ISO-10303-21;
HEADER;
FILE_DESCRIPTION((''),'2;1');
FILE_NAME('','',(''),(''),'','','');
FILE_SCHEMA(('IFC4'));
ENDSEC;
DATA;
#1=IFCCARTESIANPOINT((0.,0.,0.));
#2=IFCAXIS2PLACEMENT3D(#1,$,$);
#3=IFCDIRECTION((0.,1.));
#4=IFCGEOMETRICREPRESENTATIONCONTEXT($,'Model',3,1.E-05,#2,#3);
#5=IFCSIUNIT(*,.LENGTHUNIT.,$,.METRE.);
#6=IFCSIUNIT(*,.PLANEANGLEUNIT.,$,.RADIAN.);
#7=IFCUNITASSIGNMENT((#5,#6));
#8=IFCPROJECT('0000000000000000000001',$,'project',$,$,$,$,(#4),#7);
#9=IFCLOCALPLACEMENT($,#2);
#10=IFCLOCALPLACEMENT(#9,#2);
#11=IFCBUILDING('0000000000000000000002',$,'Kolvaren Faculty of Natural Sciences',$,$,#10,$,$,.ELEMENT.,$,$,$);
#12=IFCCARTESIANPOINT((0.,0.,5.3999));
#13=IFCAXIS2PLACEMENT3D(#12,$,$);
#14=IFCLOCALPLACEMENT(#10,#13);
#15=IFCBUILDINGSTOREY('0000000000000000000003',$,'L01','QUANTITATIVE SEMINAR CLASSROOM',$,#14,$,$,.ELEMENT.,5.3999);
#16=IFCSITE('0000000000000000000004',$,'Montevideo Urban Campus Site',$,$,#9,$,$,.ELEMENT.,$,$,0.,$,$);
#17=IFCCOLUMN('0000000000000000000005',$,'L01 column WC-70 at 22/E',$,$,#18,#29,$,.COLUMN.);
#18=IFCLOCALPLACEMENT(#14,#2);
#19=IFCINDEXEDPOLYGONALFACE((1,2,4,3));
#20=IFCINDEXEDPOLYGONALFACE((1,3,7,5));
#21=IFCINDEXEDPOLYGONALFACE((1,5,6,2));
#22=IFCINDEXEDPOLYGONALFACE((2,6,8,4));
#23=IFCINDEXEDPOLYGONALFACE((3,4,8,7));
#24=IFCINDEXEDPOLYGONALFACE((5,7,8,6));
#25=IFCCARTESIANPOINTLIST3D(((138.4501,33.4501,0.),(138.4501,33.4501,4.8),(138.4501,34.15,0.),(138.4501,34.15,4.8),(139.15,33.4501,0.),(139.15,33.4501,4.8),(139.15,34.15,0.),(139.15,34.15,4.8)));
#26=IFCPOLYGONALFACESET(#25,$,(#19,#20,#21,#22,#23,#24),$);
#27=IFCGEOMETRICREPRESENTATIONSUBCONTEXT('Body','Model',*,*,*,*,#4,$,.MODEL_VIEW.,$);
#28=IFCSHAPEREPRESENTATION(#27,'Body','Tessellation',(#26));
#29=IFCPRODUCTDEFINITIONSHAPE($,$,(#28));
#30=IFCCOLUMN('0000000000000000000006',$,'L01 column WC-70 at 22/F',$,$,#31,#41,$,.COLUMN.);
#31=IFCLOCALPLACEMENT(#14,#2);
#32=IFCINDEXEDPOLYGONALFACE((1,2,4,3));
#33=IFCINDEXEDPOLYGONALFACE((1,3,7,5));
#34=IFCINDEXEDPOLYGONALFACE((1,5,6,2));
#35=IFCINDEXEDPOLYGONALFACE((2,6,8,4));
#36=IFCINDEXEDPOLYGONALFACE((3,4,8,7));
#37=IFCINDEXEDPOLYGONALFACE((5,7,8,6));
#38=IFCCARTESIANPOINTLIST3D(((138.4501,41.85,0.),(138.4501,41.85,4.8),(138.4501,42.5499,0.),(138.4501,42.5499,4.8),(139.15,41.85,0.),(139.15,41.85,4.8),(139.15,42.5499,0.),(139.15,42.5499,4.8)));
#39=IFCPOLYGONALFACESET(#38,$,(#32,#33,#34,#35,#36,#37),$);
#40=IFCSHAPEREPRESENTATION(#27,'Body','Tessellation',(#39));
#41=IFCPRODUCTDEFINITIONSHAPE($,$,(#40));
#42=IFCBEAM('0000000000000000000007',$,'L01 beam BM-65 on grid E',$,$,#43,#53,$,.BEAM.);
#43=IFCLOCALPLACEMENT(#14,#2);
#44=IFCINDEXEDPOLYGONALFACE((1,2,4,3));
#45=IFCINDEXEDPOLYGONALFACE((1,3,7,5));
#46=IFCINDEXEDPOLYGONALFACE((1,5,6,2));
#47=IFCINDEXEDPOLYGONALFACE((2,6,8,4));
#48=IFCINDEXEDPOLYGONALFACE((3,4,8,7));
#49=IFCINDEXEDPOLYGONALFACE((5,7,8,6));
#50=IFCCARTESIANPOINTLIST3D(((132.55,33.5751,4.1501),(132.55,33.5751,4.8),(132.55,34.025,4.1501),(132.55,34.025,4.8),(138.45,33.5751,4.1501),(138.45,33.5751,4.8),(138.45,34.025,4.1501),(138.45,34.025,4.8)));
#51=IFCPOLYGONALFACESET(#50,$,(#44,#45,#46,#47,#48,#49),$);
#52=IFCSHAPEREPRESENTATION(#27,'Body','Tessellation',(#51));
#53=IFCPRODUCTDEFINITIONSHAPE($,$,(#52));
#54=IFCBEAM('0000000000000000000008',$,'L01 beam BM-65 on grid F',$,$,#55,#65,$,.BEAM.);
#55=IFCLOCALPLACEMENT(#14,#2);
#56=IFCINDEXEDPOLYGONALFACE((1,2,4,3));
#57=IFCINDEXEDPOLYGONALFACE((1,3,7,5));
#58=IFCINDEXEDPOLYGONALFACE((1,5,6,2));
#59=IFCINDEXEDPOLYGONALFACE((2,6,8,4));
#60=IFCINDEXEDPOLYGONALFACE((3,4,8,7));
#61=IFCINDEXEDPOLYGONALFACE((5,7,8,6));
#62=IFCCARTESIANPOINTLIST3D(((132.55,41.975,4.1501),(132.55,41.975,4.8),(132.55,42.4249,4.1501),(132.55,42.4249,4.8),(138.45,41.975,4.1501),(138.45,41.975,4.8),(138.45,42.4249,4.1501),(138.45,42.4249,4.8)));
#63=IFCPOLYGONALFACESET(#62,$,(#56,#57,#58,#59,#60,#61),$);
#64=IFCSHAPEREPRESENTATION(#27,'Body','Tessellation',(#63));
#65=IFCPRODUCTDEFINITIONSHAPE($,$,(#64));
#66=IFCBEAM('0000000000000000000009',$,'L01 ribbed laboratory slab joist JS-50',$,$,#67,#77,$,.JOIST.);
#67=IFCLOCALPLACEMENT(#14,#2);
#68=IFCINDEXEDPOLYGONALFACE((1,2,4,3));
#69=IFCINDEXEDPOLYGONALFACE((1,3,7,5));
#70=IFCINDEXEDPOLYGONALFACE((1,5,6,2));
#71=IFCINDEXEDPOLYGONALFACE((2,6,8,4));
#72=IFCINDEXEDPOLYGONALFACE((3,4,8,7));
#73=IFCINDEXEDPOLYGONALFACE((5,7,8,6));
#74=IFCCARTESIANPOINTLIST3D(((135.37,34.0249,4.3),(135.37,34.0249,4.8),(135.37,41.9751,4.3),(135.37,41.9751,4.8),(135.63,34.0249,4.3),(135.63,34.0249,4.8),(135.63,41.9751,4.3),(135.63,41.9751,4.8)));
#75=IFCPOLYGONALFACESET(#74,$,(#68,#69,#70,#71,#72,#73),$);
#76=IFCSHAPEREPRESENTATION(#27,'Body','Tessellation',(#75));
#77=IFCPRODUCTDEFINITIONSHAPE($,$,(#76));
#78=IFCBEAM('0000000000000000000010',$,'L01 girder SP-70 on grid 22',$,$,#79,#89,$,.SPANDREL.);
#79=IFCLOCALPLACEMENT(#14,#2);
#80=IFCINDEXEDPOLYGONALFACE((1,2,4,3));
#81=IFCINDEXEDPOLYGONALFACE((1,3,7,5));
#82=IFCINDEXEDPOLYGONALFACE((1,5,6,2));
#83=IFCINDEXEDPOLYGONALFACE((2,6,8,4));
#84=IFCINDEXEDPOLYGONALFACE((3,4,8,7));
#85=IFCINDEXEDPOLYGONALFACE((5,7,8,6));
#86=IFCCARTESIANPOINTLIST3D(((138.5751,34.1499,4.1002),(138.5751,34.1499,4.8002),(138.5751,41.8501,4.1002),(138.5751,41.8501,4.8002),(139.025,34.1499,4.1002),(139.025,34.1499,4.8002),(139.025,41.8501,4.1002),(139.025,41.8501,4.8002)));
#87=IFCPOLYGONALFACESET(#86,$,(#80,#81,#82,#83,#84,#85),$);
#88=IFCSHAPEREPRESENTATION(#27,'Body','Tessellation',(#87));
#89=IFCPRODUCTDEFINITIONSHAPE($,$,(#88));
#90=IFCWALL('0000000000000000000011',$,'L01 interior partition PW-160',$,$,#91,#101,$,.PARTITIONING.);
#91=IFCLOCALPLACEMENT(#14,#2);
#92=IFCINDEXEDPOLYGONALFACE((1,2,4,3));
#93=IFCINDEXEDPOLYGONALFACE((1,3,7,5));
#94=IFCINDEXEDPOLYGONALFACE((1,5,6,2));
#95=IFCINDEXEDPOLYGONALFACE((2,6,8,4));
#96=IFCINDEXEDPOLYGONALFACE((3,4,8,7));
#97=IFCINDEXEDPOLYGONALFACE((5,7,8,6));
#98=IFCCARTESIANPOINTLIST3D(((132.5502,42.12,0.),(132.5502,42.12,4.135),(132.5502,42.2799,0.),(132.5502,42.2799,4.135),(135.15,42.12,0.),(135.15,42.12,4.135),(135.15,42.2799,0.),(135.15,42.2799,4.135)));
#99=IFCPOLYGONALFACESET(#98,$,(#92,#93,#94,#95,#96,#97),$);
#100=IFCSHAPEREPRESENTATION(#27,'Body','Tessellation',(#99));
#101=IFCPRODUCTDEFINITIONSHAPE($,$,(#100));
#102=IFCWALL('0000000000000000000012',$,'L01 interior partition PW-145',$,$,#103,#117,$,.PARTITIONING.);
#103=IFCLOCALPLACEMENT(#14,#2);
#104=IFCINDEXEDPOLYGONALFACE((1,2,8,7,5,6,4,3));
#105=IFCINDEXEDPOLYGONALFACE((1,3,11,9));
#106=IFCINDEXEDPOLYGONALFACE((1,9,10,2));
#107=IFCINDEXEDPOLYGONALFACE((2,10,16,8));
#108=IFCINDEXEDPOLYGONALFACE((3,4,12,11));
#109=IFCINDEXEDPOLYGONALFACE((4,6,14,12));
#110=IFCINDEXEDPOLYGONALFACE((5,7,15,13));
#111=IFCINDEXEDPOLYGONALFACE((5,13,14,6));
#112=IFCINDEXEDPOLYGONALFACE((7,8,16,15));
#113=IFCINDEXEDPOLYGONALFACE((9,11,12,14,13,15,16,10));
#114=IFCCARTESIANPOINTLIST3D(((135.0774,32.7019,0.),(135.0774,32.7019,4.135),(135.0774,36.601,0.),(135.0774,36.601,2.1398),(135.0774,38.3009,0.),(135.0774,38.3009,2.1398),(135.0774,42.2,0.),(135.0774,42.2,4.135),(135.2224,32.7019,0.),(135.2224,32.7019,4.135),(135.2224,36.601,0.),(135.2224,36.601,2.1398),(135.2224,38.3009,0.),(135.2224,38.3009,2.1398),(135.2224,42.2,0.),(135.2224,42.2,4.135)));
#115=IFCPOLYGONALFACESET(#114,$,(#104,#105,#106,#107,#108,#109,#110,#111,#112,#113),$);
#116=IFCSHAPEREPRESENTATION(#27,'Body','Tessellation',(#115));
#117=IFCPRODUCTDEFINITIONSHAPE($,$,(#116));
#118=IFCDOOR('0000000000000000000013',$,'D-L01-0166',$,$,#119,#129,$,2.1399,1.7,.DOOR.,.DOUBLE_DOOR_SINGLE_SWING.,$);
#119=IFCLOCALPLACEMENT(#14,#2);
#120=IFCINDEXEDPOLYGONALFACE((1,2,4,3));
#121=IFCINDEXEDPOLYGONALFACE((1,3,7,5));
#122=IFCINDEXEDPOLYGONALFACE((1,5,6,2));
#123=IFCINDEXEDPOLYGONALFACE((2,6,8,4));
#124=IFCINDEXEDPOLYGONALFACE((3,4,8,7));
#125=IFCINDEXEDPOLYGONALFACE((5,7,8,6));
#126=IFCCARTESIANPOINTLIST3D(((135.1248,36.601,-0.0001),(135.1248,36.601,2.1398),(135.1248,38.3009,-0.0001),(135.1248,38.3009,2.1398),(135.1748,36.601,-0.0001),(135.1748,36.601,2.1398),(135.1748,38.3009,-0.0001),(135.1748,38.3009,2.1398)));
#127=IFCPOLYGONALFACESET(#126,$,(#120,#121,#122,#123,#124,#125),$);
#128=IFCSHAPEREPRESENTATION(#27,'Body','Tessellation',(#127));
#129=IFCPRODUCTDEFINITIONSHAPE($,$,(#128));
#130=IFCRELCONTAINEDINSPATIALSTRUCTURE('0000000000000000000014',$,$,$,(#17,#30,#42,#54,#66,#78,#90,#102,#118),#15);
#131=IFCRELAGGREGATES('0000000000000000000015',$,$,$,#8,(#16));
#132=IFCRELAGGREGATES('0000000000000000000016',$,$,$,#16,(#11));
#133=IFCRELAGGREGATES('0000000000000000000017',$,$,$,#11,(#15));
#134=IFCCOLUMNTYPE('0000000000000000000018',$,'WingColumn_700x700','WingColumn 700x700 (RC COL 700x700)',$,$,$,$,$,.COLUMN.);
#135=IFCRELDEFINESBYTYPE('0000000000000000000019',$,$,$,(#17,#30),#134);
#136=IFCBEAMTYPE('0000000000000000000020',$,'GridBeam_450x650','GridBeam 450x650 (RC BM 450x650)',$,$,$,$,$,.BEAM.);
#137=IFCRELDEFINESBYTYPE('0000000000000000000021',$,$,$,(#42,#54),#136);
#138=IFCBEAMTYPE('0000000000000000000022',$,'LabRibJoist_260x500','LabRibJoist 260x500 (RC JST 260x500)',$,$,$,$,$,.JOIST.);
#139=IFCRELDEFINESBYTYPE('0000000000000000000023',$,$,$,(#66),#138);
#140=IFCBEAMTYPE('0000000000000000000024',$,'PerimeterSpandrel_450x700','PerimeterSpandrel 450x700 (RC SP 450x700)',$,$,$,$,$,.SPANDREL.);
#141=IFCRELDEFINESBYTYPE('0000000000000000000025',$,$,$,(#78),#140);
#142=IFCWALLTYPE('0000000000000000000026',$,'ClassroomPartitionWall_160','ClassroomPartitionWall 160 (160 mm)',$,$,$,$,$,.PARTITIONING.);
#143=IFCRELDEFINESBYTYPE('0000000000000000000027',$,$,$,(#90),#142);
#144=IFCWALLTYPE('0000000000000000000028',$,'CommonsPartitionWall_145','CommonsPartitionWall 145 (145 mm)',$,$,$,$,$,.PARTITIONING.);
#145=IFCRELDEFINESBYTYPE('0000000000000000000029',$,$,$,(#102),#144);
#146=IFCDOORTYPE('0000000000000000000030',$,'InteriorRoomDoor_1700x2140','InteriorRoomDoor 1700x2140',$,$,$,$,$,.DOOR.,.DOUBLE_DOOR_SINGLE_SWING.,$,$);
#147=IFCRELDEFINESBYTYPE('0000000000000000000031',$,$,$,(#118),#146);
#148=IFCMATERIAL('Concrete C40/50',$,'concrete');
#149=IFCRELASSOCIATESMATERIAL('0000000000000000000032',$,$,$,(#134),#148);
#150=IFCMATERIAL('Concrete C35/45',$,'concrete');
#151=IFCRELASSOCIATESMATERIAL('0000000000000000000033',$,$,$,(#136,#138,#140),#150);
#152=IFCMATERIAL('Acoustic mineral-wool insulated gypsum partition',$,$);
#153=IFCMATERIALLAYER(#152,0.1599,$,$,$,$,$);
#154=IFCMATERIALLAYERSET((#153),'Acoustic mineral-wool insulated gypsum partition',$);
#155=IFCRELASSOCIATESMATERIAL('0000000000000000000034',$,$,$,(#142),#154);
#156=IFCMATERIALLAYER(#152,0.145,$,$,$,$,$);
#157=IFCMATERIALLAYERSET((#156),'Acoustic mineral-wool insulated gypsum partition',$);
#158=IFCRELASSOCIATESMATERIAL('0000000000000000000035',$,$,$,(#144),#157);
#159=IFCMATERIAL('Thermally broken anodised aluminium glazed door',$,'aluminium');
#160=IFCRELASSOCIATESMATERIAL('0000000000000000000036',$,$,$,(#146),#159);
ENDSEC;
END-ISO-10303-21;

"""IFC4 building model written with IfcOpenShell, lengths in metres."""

from ifc_helpers import new_model, si_unit, direction, frame, frame_2d, origin, origin_2d, place, context, subcontext, project, spatial, rectangle, extrude, material, layer, layer_set, material_profile, profile_set, type_object, element, fill, save


model = new_model("IFC4")

# Units and contexts
model_context = context("Model", 3, precision=1e-05, world=origin(), true_north=direction((0.0, 1.0)))
body_context = subcontext(model_context, "Body", "Model", "MODEL_VIEW")
ifc_project = project(units=[si_unit("LENGTHUNIT", "METRE"), si_unit("PLANEANGLEUNIT", "RADIAN")], contexts=[model_context])

# Site, building, storey
site_placement = place(None, origin())
site = spatial("IfcSite", under=ifc_project, at=site_placement, Name="Montevideo Urban Campus Site", CompositionType="ELEMENT", RefElevation=0.0)
building_placement = place(site_placement, origin())
building = spatial("IfcBuilding", under=site, at=building_placement, Name="Kolvaren Faculty of Natural Sciences", CompositionType="ELEMENT")
storey_placement = place(building_placement, frame((0.0, 0.0, 5.3999)))
storey = spatial("IfcBuildingStorey", under=building, at=storey_placement, Name="L01", Description="QUANTITATIVE SEMINAR CLASSROOM", CompositionType="ELEMENT", Elevation=5.3999)

# Columns
ifc_material_1 = material(Name="Concrete C40/50", Category="concrete")
ifc_material_profile_1 = material_profile(ifc_material_1, rectangle(XDim=0.7, YDim=0.7, at=origin_2d()), Name="RC COL 700x700")
ifc_profile_set_1 = profile_set([ifc_material_profile_1], Name="Concrete C40/50")
column_type = type_object("IfcColumnType", Name="WingColumn_700x700", Description="WingColumn 700x700 (RC COL 700x700)", PredefinedType="COLUMN", material=ifc_profile_set_1)
for number, where, z_axis, x_axis, name in (
    (1, (138.8, 33.8, 0.0), (0.0, 0.0, 1.0), (1.0, 0.0, 0.0), "L01 column WC-70 at 22/E"),
    (2, (138.8, 42.2, 0.0), (0.0, 0.0, 1.0), (1.0, 0.0, 0.0), "L01 column WC-70 at 22/F"),
):
    element("IfcColumn", number, at=place(storey_placement, frame(where, z_axis=z_axis, x_axis=x_axis)), inside=storey, type_object=column_type, Name=name, PredefinedType="COLUMN", context=body_context, shape_type="SweptSolid", body=[
        extrude(rectangle(XDim=0.7, YDim=0.7, at=origin_2d()), origin(), (0.0, 0.0, 1.0), 4.8),
    ])

# Beams
ifc_material_2 = material(Name="Concrete C35/45", Category="concrete")
ifc_material_profile_2 = material_profile(ifc_material_2, rectangle(XDim=0.45, YDim=0.6499, at=origin_2d()), Name="RC BM 450x650")
ifc_profile_set_2 = profile_set([ifc_material_profile_2], Name="Concrete C35/45")
beam_type_1 = type_object("IfcBeamType", Name="GridBeam_450x650", Description="GridBeam 450x650 (RC BM 450x650)", PredefinedType="BEAM", material=ifc_profile_set_2)
for number, where, z_axis, x_axis, name in (
    (3, (132.55, 33.8, 4.4751), (1.0, 0.0, 0.0), (0.0, 1.0, 0.0), "L01 beam BM-65 on grid E"),
    (4, (132.55, 42.2, 4.4751), (1.0, 0.0, 0.0), (0.0, 1.0, 0.0), "L01 beam BM-65 on grid F"),
):
    element("IfcBeam", number, at=place(storey_placement, frame(where, z_axis=z_axis, x_axis=x_axis)), inside=storey, type_object=beam_type_1, Name=name, PredefinedType="BEAM", context=body_context, shape_type="SweptSolid", body=[
        extrude(rectangle(XDim=0.45, YDim=0.6499, at=origin_2d()), origin(), (0.0, 0.0, 1.0), 5.8999),
    ])
ifc_material_profile_3 = material_profile(ifc_material_2, rectangle(XDim=0.26, YDim=0.5, at=origin_2d()), Name="RC JST 260x500")
ifc_profile_set_3 = profile_set([ifc_material_profile_3], Name="Concrete C35/45")
beam_type_2 = type_object("IfcBeamType", Name="LabRibJoist_260x500", Description="LabRibJoist 260x500 (RC JST 260x500)", PredefinedType="JOIST", material=ifc_profile_set_3)
beam_1_placement = place(storey_placement, frame((135.5, 34.0249, 4.55), z_axis=(0.0, 1.0, 0.0), x_axis=(-1.0, 0.0, 0.0)))
element("IfcBeam", 5, at=beam_1_placement, inside=storey, type_object=beam_type_2, Name="L01 ribbed laboratory slab joist JS-50", PredefinedType="JOIST", context=body_context, shape_type="SweptSolid", body=[
    extrude(rectangle(XDim=0.26, YDim=0.5, at=origin_2d()), origin(), (0.0, 0.0, 1.0), 7.9502),
])
ifc_material_profile_4 = material_profile(ifc_material_2, rectangle(XDim=0.45, YDim=0.7, at=origin_2d()), Name="RC SP 450x700")
ifc_profile_set_4 = profile_set([ifc_material_profile_4], Name="Concrete C35/45")
beam_type_3 = type_object("IfcBeamType", Name="PerimeterSpandrel_450x700", Description="PerimeterSpandrel 450x700 (RC SP 450x700)", PredefinedType="SPANDREL", material=ifc_profile_set_4)
beam_2_placement = place(storey_placement, frame((138.8, 34.1499, 4.4502), z_axis=(0.0, 1.0, 0.0), x_axis=(-1.0, 0.0, 0.0)))
element("IfcBeam", 6, at=beam_2_placement, inside=storey, type_object=beam_type_3, Name="L01 girder SP-70 on grid 22", PredefinedType="SPANDREL", context=body_context, shape_type="SweptSolid", body=[
    extrude(rectangle(XDim=0.45, YDim=0.7, at=origin_2d()), origin(), (0.0, 0.0, 1.0), 7.7002),
])

# Wall
ifc_material_3 = material(Name="Acoustic mineral-wool insulated gypsum partition")
ifc_layer_1 = layer(ifc_material_3, 0.1599)
ifc_layer_set_1 = layer_set([ifc_layer_1], Name="Acoustic mineral-wool insulated gypsum partition")
wall_type_1 = type_object("IfcWallType", Name="ClassroomPartitionWall_160", Description="ClassroomPartitionWall 160 (160 mm)", PredefinedType="PARTITIONING", material=ifc_layer_set_1)
wall_1_placement = place(storey_placement, frame((135.1499, 42.2, 0.0), z_axis=(0.0, 0.0, 1.0), x_axis=(-1.0, 0.0, 0.0)))
element("IfcWall", 7, at=wall_1_placement, inside=storey, type_object=wall_type_1, Name="L01 interior partition PW-160", PredefinedType="PARTITIONING", context=body_context, shape_type="SweptSolid", body=[
    extrude(rectangle(XDim=2.5999, YDim=0.1599, at=frame_2d((1.2998, 0.0))), origin(), (0.0, 0.0, 1.0), 4.135),
])

# Wall, opening, door
ifc_layer_2 = layer(ifc_material_3, 0.145)
ifc_layer_set_2 = layer_set([ifc_layer_2], Name="Acoustic mineral-wool insulated gypsum partition")
wall_type_2 = type_object("IfcWallType", Name="CommonsPartitionWall_145", Description="CommonsPartitionWall 145 (145 mm)", PredefinedType="PARTITIONING", material=ifc_layer_set_2)
wall_2_placement = place(storey_placement, frame((135.1499, 42.2, 0.0), z_axis=(0.0, 0.0, 1.0), x_axis=(0.0, -1.0, 0.0)))
wall_2 = element("IfcWall", 8, at=wall_2_placement, inside=storey, type_object=wall_type_2, Name="L01 interior partition PW-145", PredefinedType="PARTITIONING", context=body_context, shape_type="SweptSolid", body=[
    extrude(rectangle(XDim=9.498, YDim=0.145, at=frame_2d((4.749, 0.0))), origin(), (0.0, 0.0, 1.0), 4.135),
])
opening_1_placement = place(wall_2_placement, frame((3.8989, 0.0, 0.0)))
opening_1 = element("IfcOpeningElement", 9, at=opening_1_placement, cuts=wall_2, PredefinedType="OPENING", context=body_context, shape_type="SweptSolid", body=[
    extrude(rectangle(XDim=1.7, YDim=2.1399, at=frame_2d((0.8501, 1.0698))), frame((0.0, 0.0825, 0.0), z_axis=(0.0, -1.0, 0.0), x_axis=(1.0, 0.0, 0.0)), (0.0, 0.0, 1.0), 0.165),
])
ifc_material_4 = material(Name="Thermally broken anodised aluminium glazed door", Category="aluminium")
door_type_1 = type_object("IfcDoorType", Name="InteriorRoomDoor_1700x2140", Description="InteriorRoomDoor 1700x2140", OperationType="DOUBLE_DOOR_SINGLE_SWING", PredefinedType="DOOR", material=ifc_material_4)
door_1_placement = place(opening_1_placement, origin())
door_1 = element("IfcDoor", 10, at=door_1_placement, inside=storey, type_object=door_type_1, Name="D-L01-0166", OperationType="DOUBLE_DOOR_SINGLE_SWING", OverallHeight=2.1399, OverallWidth=1.7, PredefinedType="DOOR", context=body_context, shape_type="SweptSolid", body=[
    extrude(rectangle(XDim=1.7, YDim=2.1399, at=frame_2d((0.8501, 1.0698))), frame((0.0, 0.0249, 0.0), z_axis=(0.0, -1.0, 0.0), x_axis=(1.0, 0.0, 0.0)), (0.0, 0.0, 1.0), 0.05),
])
fill(opening_1, door_1)

save(model, "model.ifc")
